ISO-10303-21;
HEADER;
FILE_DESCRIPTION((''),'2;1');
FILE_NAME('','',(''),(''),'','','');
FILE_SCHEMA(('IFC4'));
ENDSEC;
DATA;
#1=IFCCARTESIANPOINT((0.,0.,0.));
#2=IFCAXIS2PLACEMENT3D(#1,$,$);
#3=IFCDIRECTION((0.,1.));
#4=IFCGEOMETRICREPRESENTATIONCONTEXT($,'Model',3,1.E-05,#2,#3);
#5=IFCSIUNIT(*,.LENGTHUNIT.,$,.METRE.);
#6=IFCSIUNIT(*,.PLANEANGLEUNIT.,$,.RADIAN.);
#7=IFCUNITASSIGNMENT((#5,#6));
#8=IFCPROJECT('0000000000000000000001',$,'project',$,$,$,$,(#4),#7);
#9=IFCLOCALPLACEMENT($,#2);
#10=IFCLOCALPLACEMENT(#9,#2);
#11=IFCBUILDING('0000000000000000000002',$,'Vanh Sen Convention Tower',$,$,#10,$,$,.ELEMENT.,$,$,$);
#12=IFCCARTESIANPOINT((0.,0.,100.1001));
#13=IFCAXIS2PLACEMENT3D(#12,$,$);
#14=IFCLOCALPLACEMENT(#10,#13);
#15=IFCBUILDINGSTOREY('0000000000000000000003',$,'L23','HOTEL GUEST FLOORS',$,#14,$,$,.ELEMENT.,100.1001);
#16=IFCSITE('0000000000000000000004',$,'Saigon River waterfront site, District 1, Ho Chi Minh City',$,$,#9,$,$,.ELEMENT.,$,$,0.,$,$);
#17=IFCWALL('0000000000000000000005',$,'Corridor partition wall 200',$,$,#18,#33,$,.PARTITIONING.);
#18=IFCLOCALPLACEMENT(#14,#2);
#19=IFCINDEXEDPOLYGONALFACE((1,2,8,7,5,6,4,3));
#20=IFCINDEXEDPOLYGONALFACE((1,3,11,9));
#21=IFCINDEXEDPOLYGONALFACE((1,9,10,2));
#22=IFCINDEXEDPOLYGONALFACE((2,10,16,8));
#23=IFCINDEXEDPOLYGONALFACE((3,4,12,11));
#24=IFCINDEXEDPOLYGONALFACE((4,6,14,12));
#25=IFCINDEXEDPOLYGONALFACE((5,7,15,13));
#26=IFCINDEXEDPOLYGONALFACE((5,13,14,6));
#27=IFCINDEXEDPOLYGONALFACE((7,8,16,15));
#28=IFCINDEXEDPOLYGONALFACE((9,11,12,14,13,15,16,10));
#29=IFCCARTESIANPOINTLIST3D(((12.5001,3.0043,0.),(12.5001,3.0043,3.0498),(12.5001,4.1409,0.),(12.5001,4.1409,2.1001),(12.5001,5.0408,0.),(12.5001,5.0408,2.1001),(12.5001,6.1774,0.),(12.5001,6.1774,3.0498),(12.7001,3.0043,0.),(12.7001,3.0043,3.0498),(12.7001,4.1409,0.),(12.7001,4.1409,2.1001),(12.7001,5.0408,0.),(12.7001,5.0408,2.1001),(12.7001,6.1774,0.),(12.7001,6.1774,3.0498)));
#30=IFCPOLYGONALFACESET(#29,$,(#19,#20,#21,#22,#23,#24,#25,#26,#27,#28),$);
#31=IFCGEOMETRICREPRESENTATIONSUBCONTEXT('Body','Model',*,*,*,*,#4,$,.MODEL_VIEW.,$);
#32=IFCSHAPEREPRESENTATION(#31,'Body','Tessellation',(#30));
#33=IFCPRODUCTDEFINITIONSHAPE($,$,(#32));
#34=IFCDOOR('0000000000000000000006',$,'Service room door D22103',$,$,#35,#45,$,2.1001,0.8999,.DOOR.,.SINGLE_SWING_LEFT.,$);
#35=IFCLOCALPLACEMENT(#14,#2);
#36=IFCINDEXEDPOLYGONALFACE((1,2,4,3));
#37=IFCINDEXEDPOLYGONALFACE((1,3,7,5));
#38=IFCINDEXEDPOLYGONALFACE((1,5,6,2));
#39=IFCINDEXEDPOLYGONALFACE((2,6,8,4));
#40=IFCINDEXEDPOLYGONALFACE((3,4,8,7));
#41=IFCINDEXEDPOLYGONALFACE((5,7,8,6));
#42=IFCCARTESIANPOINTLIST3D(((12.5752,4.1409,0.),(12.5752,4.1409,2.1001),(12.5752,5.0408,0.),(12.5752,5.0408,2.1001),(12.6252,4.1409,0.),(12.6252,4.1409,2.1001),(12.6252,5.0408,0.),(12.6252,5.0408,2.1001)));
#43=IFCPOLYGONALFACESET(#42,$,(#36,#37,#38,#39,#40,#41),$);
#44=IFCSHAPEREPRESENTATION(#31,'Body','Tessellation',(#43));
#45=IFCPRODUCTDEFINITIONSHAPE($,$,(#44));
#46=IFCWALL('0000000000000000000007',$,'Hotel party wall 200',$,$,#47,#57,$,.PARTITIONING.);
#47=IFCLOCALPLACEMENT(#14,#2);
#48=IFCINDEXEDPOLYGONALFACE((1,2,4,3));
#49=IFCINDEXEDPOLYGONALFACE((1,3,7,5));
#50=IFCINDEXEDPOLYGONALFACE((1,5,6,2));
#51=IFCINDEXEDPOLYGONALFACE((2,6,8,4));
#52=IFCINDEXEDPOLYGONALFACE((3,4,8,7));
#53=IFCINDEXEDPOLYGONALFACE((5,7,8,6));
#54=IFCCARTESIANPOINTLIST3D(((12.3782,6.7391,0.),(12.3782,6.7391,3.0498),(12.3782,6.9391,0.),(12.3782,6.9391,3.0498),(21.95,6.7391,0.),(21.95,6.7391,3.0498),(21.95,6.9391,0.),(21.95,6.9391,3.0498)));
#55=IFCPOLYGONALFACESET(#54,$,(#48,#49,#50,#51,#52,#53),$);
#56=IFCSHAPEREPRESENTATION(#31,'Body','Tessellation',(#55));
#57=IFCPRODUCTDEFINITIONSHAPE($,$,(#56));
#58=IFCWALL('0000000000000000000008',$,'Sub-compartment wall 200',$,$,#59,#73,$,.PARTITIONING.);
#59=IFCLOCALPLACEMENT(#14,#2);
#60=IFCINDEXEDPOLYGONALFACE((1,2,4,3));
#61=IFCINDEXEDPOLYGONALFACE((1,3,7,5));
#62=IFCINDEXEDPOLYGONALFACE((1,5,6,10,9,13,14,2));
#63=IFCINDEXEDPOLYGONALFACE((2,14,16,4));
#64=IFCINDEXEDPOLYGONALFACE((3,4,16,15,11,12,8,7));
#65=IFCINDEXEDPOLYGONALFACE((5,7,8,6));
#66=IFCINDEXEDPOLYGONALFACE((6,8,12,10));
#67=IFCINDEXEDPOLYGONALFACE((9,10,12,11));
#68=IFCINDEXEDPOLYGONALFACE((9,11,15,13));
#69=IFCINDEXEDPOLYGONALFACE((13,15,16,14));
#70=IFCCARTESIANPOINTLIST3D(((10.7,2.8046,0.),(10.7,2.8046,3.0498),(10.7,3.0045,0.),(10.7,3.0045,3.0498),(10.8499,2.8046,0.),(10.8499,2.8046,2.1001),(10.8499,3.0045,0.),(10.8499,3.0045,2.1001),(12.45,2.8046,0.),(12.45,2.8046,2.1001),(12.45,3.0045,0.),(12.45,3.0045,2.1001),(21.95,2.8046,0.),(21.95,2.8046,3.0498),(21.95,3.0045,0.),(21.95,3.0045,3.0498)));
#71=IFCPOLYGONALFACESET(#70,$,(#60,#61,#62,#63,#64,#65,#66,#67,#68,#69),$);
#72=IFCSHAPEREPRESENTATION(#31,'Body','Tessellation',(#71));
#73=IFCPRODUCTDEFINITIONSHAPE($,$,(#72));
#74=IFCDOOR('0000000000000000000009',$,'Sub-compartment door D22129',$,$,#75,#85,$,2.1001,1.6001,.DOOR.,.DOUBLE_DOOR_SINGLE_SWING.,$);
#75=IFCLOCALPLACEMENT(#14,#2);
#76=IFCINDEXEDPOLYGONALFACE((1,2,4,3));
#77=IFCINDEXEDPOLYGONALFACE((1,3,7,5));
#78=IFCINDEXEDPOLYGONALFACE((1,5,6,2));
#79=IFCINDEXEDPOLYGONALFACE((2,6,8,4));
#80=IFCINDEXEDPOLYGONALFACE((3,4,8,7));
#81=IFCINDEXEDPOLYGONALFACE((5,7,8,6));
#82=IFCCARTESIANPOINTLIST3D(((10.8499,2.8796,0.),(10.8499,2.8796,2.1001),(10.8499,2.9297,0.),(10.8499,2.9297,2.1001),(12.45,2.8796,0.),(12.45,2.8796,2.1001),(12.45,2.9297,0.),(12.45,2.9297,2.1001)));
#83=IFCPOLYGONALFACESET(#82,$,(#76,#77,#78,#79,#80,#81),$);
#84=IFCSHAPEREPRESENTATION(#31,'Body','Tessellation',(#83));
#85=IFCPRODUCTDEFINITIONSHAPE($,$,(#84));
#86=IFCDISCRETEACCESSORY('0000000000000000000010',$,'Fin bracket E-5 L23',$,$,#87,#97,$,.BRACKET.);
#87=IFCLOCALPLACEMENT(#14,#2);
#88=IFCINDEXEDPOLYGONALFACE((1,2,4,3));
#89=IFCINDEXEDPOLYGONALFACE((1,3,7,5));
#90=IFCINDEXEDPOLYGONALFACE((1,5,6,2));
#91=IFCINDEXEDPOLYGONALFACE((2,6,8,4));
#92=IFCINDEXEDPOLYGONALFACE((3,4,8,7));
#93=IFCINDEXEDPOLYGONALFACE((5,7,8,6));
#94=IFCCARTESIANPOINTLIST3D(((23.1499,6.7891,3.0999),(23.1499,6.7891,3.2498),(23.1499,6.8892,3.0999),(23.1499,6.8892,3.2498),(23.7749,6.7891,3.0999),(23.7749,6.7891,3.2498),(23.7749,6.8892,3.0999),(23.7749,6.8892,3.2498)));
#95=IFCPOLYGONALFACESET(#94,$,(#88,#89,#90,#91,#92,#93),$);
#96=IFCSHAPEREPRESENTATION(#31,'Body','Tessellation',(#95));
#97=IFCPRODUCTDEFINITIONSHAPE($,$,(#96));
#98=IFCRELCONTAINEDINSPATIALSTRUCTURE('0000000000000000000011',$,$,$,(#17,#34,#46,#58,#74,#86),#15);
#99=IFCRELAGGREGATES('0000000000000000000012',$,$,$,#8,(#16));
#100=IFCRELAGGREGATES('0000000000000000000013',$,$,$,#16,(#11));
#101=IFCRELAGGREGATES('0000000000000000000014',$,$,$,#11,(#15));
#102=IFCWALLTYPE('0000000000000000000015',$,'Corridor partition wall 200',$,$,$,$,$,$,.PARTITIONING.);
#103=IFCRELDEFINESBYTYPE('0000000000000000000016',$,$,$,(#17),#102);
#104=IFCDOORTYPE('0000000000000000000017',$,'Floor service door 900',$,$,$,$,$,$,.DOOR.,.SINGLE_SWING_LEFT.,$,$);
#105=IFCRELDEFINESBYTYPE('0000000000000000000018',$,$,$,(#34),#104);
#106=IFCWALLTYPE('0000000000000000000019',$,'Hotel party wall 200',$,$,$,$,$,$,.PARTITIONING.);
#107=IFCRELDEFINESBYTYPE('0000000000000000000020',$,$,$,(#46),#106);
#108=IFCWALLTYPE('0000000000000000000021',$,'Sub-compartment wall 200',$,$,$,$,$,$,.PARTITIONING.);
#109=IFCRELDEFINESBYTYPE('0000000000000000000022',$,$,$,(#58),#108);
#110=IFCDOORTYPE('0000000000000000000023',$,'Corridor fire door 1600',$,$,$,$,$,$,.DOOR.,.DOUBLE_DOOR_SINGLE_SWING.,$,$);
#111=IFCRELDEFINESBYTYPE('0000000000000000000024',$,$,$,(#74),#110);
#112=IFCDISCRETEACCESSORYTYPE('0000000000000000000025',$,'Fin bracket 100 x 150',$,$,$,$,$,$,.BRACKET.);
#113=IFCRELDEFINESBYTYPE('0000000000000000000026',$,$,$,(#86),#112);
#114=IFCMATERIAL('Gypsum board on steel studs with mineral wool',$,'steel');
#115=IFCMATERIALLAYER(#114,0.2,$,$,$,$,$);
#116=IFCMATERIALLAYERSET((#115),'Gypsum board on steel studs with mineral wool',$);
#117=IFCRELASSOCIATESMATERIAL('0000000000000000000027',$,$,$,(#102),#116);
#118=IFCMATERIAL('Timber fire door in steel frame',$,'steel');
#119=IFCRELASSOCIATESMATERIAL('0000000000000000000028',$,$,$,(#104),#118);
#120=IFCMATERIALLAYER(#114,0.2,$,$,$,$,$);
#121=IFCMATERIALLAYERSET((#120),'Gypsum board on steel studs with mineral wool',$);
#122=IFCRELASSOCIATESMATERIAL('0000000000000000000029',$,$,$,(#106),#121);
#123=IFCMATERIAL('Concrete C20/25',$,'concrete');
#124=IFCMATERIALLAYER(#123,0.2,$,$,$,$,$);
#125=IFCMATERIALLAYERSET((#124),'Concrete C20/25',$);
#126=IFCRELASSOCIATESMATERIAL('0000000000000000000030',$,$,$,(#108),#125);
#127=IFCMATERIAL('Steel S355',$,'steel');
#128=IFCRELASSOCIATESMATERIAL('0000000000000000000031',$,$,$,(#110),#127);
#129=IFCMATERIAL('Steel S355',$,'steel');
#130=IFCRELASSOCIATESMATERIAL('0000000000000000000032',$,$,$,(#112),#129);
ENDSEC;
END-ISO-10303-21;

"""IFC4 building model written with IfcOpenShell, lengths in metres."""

from ifc_helpers import new_model, si_unit, direction, frame, frame_2d, origin, origin_2d, place, context, subcontext, project, spatial, rectangle, extrude, material, layer, layer_set, type_object, element, fill, save


model = new_model("IFC4")

# Units and contexts
model_context = context("Model", 3, precision=1e-05, world=origin(), true_north=direction((0.0, 1.0)))
body_context = subcontext(model_context, "Body", "Model", "MODEL_VIEW")
ifc_project = project(units=[si_unit("LENGTHUNIT", "METRE"), si_unit("PLANEANGLEUNIT", "RADIAN")], contexts=[model_context])

# Site, building, storey
site_placement = place(None, origin())
site = spatial("IfcSite", under=ifc_project, at=site_placement, Name="Saigon River waterfront site, District 1, Ho Chi Minh City", CompositionType="ELEMENT", RefElevation=0.0)
building_placement = place(site_placement, origin())
building = spatial("IfcBuilding", under=site, at=building_placement, Name="Vanh Sen Convention Tower", CompositionType="ELEMENT")
storey_placement = place(building_placement, frame((0.0, 0.0, 100.1001)))
storey = spatial("IfcBuildingStorey", under=building, at=storey_placement, Name="L23", Description="HOTEL GUEST FLOORS", CompositionType="ELEMENT", Elevation=100.1001)

# Shared definitions
ifc_material_1 = material(Name="Gypsum board on steel studs with mineral wool", Category="steel")
ifc_layer_1 = layer(ifc_material_1, 0.2)
ifc_layer_set_1 = layer_set([ifc_layer_1], Name="Gypsum board on steel studs with mineral wool")
wall_type_1 = type_object("IfcWallType", Name="Corridor partition wall 200", PredefinedType="PARTITIONING", material=ifc_layer_set_1)
ifc_material_2 = material(Name="Timber fire door in steel frame", Category="steel")

# Wall, opening, door
wall_1_placement = place(storey_placement, frame((12.6001, 3.0044, 0.0), z_axis=(0.0, 0.0, 1.0), x_axis=(0.0, 1.0, 0.0)))
wall_1 = element("IfcWall", 1, at=wall_1_placement, inside=storey, type_object=wall_type_1, Name="Corridor partition wall 200", PredefinedType="PARTITIONING", context=body_context, shape_type="SweptSolid", body=[
    extrude(rectangle(XDim=3.1731, YDim=0.2, at=frame_2d((1.5864, 0.0))), origin(), (0.0, 0.0, 1.0), 3.0498),
])
opening_1_placement = place(wall_1_placement, frame((1.1365, 0.0, 0.0)))
opening_1 = element("IfcOpeningElement", 2, at=opening_1_placement, cuts=wall_1, PredefinedType="OPENING", context=body_context, shape_type="SweptSolid", body=[
    extrude(rectangle(XDim=0.8999, YDim=2.1001, at=frame_2d((0.45, 1.05))), frame((0.0, 0.1099, 0.0), z_axis=(0.0, -1.0, 0.0), x_axis=(1.0, 0.0, 0.0)), (0.0, 0.0, 1.0), 0.22),
])
door_type_1 = type_object("IfcDoorType", Name="Floor service door 900", OperationType="SINGLE_SWING_LEFT", PredefinedType="DOOR", material=ifc_material_2)
door_1_placement = place(opening_1_placement, origin())
door_1 = element("IfcDoor", 3, at=door_1_placement, inside=storey, type_object=door_type_1, Name="Service room door D22103", OperationType="SINGLE_SWING_LEFT", OverallHeight=2.1001, OverallWidth=0.8999, PredefinedType="DOOR", context=body_context, shape_type="SweptSolid", body=[
    extrude(rectangle(XDim=0.8999, YDim=2.1001, at=frame_2d((0.45, 1.05))), frame((0.0, 0.0249, 0.0), z_axis=(0.0, -1.0, 0.0), x_axis=(1.0, 0.0, 0.0)), (0.0, 0.0, 1.0), 0.05),
])
fill(opening_1, door_1)

# Wall
ifc_layer_2 = layer(ifc_material_1, 0.2)
ifc_layer_set_2 = layer_set([ifc_layer_2], Name="Gypsum board on steel studs with mineral wool")
wall_type_2 = type_object("IfcWallType", Name="Hotel party wall 200", PredefinedType="PARTITIONING", material=ifc_layer_set_2)
wall_2_placement = place(storey_placement, frame((21.95, 6.8391, 0.0), z_axis=(0.0, 0.0, 1.0), x_axis=(-1.0, 0.0, 0.0)))
element("IfcWall", 4, at=wall_2_placement, inside=storey, type_object=wall_type_2, Name="Hotel party wall 200", PredefinedType="PARTITIONING", context=body_context, shape_type="SweptSolid", body=[
    extrude(rectangle(XDim=9.5718, YDim=0.2, at=frame_2d((4.7859, 0.0))), origin(), (0.0, 0.0, 1.0), 3.0498),
])

# Wall, opening, door
ifc_material_3 = material(Name="Concrete C20/25", Category="concrete")
ifc_layer_3 = layer(ifc_material_3, 0.2)
ifc_layer_set_3 = layer_set([ifc_layer_3], Name="Concrete C20/25")
wall_type_3 = type_object("IfcWallType", Name="Sub-compartment wall 200", PredefinedType="PARTITIONING", material=ifc_layer_set_3)
wall_3_placement = place(storey_placement, frame((21.95, 2.9045, 0.0), z_axis=(0.0, 0.0, 1.0), x_axis=(-1.0, 0.0, 0.0)))
wall_3 = element("IfcWall", 5, at=wall_3_placement, inside=storey, type_object=wall_type_3, Name="Sub-compartment wall 200", PredefinedType="PARTITIONING", context=body_context, shape_type="SweptSolid", body=[
    extrude(rectangle(XDim=11.25, YDim=0.2, at=frame_2d((5.625, 0.0))), origin(), (0.0, 0.0, 1.0), 3.0498),
])
opening_2_placement = place(wall_3_placement, frame((9.5, 0.0, 0.0)))
opening_2 = element("IfcOpeningElement", 6, at=opening_2_placement, cuts=wall_3, PredefinedType="OPENING", context=body_context, shape_type="SweptSolid", body=[
    extrude(rectangle(XDim=1.6001, YDim=2.1001, at=frame_2d((0.8, 1.05))), frame((0.0, 0.1099, 0.0), z_axis=(0.0, -1.0, 0.0), x_axis=(1.0, 0.0, 0.0)), (0.0, 0.0, 1.0), 0.22),
])
ifc_material_4 = material(Name="Steel S355", Category="steel")
door_type_2 = type_object("IfcDoorType", Name="Corridor fire door 1600", OperationType="DOUBLE_DOOR_SINGLE_SWING", PredefinedType="DOOR", material=ifc_material_4)
door_2_placement = place(opening_2_placement, origin())
door_2 = element("IfcDoor", 7, at=door_2_placement, inside=storey, type_object=door_type_2, Name="Sub-compartment door D22129", OperationType="DOUBLE_DOOR_SINGLE_SWING", OverallHeight=2.1001, OverallWidth=1.6001, PredefinedType="DOOR", context=body_context, shape_type="SweptSolid", body=[
    extrude(rectangle(XDim=1.6001, YDim=2.1001, at=frame_2d((0.8, 1.05))), frame((0.0, 0.0249, 0.0), z_axis=(0.0, -1.0, 0.0), x_axis=(1.0, 0.0, 0.0)), (0.0, 0.0, 1.0), 0.05),
])
fill(opening_2, door_2)

# Discrete accessory
ifc_material_5 = material(Name="Steel S355", Category="steel")
discrete_accessory_type = type_object("IfcDiscreteAccessoryType", Name="Fin bracket 100 x 150", PredefinedType="BRACKET", material=ifc_material_5)
discrete_accessory_placement = place(storey_placement, frame((23.4624, 6.8391, 3.0999), z_axis=(0.0, 0.0, 1.0), x_axis=(1.0, 0.0, 0.0)))
element("IfcDiscreteAccessory", 8, at=discrete_accessory_placement, inside=storey, type_object=discrete_accessory_type, Name="Fin bracket E-5 L23", PredefinedType="BRACKET", context=body_context, shape_type="SweptSolid", body=[
    extrude(rectangle(XDim=0.625, YDim=0.1001, at=origin_2d()), origin(), (0.0, 0.0, 1.0), 0.1499),
])

save(model, "model.ifc")
